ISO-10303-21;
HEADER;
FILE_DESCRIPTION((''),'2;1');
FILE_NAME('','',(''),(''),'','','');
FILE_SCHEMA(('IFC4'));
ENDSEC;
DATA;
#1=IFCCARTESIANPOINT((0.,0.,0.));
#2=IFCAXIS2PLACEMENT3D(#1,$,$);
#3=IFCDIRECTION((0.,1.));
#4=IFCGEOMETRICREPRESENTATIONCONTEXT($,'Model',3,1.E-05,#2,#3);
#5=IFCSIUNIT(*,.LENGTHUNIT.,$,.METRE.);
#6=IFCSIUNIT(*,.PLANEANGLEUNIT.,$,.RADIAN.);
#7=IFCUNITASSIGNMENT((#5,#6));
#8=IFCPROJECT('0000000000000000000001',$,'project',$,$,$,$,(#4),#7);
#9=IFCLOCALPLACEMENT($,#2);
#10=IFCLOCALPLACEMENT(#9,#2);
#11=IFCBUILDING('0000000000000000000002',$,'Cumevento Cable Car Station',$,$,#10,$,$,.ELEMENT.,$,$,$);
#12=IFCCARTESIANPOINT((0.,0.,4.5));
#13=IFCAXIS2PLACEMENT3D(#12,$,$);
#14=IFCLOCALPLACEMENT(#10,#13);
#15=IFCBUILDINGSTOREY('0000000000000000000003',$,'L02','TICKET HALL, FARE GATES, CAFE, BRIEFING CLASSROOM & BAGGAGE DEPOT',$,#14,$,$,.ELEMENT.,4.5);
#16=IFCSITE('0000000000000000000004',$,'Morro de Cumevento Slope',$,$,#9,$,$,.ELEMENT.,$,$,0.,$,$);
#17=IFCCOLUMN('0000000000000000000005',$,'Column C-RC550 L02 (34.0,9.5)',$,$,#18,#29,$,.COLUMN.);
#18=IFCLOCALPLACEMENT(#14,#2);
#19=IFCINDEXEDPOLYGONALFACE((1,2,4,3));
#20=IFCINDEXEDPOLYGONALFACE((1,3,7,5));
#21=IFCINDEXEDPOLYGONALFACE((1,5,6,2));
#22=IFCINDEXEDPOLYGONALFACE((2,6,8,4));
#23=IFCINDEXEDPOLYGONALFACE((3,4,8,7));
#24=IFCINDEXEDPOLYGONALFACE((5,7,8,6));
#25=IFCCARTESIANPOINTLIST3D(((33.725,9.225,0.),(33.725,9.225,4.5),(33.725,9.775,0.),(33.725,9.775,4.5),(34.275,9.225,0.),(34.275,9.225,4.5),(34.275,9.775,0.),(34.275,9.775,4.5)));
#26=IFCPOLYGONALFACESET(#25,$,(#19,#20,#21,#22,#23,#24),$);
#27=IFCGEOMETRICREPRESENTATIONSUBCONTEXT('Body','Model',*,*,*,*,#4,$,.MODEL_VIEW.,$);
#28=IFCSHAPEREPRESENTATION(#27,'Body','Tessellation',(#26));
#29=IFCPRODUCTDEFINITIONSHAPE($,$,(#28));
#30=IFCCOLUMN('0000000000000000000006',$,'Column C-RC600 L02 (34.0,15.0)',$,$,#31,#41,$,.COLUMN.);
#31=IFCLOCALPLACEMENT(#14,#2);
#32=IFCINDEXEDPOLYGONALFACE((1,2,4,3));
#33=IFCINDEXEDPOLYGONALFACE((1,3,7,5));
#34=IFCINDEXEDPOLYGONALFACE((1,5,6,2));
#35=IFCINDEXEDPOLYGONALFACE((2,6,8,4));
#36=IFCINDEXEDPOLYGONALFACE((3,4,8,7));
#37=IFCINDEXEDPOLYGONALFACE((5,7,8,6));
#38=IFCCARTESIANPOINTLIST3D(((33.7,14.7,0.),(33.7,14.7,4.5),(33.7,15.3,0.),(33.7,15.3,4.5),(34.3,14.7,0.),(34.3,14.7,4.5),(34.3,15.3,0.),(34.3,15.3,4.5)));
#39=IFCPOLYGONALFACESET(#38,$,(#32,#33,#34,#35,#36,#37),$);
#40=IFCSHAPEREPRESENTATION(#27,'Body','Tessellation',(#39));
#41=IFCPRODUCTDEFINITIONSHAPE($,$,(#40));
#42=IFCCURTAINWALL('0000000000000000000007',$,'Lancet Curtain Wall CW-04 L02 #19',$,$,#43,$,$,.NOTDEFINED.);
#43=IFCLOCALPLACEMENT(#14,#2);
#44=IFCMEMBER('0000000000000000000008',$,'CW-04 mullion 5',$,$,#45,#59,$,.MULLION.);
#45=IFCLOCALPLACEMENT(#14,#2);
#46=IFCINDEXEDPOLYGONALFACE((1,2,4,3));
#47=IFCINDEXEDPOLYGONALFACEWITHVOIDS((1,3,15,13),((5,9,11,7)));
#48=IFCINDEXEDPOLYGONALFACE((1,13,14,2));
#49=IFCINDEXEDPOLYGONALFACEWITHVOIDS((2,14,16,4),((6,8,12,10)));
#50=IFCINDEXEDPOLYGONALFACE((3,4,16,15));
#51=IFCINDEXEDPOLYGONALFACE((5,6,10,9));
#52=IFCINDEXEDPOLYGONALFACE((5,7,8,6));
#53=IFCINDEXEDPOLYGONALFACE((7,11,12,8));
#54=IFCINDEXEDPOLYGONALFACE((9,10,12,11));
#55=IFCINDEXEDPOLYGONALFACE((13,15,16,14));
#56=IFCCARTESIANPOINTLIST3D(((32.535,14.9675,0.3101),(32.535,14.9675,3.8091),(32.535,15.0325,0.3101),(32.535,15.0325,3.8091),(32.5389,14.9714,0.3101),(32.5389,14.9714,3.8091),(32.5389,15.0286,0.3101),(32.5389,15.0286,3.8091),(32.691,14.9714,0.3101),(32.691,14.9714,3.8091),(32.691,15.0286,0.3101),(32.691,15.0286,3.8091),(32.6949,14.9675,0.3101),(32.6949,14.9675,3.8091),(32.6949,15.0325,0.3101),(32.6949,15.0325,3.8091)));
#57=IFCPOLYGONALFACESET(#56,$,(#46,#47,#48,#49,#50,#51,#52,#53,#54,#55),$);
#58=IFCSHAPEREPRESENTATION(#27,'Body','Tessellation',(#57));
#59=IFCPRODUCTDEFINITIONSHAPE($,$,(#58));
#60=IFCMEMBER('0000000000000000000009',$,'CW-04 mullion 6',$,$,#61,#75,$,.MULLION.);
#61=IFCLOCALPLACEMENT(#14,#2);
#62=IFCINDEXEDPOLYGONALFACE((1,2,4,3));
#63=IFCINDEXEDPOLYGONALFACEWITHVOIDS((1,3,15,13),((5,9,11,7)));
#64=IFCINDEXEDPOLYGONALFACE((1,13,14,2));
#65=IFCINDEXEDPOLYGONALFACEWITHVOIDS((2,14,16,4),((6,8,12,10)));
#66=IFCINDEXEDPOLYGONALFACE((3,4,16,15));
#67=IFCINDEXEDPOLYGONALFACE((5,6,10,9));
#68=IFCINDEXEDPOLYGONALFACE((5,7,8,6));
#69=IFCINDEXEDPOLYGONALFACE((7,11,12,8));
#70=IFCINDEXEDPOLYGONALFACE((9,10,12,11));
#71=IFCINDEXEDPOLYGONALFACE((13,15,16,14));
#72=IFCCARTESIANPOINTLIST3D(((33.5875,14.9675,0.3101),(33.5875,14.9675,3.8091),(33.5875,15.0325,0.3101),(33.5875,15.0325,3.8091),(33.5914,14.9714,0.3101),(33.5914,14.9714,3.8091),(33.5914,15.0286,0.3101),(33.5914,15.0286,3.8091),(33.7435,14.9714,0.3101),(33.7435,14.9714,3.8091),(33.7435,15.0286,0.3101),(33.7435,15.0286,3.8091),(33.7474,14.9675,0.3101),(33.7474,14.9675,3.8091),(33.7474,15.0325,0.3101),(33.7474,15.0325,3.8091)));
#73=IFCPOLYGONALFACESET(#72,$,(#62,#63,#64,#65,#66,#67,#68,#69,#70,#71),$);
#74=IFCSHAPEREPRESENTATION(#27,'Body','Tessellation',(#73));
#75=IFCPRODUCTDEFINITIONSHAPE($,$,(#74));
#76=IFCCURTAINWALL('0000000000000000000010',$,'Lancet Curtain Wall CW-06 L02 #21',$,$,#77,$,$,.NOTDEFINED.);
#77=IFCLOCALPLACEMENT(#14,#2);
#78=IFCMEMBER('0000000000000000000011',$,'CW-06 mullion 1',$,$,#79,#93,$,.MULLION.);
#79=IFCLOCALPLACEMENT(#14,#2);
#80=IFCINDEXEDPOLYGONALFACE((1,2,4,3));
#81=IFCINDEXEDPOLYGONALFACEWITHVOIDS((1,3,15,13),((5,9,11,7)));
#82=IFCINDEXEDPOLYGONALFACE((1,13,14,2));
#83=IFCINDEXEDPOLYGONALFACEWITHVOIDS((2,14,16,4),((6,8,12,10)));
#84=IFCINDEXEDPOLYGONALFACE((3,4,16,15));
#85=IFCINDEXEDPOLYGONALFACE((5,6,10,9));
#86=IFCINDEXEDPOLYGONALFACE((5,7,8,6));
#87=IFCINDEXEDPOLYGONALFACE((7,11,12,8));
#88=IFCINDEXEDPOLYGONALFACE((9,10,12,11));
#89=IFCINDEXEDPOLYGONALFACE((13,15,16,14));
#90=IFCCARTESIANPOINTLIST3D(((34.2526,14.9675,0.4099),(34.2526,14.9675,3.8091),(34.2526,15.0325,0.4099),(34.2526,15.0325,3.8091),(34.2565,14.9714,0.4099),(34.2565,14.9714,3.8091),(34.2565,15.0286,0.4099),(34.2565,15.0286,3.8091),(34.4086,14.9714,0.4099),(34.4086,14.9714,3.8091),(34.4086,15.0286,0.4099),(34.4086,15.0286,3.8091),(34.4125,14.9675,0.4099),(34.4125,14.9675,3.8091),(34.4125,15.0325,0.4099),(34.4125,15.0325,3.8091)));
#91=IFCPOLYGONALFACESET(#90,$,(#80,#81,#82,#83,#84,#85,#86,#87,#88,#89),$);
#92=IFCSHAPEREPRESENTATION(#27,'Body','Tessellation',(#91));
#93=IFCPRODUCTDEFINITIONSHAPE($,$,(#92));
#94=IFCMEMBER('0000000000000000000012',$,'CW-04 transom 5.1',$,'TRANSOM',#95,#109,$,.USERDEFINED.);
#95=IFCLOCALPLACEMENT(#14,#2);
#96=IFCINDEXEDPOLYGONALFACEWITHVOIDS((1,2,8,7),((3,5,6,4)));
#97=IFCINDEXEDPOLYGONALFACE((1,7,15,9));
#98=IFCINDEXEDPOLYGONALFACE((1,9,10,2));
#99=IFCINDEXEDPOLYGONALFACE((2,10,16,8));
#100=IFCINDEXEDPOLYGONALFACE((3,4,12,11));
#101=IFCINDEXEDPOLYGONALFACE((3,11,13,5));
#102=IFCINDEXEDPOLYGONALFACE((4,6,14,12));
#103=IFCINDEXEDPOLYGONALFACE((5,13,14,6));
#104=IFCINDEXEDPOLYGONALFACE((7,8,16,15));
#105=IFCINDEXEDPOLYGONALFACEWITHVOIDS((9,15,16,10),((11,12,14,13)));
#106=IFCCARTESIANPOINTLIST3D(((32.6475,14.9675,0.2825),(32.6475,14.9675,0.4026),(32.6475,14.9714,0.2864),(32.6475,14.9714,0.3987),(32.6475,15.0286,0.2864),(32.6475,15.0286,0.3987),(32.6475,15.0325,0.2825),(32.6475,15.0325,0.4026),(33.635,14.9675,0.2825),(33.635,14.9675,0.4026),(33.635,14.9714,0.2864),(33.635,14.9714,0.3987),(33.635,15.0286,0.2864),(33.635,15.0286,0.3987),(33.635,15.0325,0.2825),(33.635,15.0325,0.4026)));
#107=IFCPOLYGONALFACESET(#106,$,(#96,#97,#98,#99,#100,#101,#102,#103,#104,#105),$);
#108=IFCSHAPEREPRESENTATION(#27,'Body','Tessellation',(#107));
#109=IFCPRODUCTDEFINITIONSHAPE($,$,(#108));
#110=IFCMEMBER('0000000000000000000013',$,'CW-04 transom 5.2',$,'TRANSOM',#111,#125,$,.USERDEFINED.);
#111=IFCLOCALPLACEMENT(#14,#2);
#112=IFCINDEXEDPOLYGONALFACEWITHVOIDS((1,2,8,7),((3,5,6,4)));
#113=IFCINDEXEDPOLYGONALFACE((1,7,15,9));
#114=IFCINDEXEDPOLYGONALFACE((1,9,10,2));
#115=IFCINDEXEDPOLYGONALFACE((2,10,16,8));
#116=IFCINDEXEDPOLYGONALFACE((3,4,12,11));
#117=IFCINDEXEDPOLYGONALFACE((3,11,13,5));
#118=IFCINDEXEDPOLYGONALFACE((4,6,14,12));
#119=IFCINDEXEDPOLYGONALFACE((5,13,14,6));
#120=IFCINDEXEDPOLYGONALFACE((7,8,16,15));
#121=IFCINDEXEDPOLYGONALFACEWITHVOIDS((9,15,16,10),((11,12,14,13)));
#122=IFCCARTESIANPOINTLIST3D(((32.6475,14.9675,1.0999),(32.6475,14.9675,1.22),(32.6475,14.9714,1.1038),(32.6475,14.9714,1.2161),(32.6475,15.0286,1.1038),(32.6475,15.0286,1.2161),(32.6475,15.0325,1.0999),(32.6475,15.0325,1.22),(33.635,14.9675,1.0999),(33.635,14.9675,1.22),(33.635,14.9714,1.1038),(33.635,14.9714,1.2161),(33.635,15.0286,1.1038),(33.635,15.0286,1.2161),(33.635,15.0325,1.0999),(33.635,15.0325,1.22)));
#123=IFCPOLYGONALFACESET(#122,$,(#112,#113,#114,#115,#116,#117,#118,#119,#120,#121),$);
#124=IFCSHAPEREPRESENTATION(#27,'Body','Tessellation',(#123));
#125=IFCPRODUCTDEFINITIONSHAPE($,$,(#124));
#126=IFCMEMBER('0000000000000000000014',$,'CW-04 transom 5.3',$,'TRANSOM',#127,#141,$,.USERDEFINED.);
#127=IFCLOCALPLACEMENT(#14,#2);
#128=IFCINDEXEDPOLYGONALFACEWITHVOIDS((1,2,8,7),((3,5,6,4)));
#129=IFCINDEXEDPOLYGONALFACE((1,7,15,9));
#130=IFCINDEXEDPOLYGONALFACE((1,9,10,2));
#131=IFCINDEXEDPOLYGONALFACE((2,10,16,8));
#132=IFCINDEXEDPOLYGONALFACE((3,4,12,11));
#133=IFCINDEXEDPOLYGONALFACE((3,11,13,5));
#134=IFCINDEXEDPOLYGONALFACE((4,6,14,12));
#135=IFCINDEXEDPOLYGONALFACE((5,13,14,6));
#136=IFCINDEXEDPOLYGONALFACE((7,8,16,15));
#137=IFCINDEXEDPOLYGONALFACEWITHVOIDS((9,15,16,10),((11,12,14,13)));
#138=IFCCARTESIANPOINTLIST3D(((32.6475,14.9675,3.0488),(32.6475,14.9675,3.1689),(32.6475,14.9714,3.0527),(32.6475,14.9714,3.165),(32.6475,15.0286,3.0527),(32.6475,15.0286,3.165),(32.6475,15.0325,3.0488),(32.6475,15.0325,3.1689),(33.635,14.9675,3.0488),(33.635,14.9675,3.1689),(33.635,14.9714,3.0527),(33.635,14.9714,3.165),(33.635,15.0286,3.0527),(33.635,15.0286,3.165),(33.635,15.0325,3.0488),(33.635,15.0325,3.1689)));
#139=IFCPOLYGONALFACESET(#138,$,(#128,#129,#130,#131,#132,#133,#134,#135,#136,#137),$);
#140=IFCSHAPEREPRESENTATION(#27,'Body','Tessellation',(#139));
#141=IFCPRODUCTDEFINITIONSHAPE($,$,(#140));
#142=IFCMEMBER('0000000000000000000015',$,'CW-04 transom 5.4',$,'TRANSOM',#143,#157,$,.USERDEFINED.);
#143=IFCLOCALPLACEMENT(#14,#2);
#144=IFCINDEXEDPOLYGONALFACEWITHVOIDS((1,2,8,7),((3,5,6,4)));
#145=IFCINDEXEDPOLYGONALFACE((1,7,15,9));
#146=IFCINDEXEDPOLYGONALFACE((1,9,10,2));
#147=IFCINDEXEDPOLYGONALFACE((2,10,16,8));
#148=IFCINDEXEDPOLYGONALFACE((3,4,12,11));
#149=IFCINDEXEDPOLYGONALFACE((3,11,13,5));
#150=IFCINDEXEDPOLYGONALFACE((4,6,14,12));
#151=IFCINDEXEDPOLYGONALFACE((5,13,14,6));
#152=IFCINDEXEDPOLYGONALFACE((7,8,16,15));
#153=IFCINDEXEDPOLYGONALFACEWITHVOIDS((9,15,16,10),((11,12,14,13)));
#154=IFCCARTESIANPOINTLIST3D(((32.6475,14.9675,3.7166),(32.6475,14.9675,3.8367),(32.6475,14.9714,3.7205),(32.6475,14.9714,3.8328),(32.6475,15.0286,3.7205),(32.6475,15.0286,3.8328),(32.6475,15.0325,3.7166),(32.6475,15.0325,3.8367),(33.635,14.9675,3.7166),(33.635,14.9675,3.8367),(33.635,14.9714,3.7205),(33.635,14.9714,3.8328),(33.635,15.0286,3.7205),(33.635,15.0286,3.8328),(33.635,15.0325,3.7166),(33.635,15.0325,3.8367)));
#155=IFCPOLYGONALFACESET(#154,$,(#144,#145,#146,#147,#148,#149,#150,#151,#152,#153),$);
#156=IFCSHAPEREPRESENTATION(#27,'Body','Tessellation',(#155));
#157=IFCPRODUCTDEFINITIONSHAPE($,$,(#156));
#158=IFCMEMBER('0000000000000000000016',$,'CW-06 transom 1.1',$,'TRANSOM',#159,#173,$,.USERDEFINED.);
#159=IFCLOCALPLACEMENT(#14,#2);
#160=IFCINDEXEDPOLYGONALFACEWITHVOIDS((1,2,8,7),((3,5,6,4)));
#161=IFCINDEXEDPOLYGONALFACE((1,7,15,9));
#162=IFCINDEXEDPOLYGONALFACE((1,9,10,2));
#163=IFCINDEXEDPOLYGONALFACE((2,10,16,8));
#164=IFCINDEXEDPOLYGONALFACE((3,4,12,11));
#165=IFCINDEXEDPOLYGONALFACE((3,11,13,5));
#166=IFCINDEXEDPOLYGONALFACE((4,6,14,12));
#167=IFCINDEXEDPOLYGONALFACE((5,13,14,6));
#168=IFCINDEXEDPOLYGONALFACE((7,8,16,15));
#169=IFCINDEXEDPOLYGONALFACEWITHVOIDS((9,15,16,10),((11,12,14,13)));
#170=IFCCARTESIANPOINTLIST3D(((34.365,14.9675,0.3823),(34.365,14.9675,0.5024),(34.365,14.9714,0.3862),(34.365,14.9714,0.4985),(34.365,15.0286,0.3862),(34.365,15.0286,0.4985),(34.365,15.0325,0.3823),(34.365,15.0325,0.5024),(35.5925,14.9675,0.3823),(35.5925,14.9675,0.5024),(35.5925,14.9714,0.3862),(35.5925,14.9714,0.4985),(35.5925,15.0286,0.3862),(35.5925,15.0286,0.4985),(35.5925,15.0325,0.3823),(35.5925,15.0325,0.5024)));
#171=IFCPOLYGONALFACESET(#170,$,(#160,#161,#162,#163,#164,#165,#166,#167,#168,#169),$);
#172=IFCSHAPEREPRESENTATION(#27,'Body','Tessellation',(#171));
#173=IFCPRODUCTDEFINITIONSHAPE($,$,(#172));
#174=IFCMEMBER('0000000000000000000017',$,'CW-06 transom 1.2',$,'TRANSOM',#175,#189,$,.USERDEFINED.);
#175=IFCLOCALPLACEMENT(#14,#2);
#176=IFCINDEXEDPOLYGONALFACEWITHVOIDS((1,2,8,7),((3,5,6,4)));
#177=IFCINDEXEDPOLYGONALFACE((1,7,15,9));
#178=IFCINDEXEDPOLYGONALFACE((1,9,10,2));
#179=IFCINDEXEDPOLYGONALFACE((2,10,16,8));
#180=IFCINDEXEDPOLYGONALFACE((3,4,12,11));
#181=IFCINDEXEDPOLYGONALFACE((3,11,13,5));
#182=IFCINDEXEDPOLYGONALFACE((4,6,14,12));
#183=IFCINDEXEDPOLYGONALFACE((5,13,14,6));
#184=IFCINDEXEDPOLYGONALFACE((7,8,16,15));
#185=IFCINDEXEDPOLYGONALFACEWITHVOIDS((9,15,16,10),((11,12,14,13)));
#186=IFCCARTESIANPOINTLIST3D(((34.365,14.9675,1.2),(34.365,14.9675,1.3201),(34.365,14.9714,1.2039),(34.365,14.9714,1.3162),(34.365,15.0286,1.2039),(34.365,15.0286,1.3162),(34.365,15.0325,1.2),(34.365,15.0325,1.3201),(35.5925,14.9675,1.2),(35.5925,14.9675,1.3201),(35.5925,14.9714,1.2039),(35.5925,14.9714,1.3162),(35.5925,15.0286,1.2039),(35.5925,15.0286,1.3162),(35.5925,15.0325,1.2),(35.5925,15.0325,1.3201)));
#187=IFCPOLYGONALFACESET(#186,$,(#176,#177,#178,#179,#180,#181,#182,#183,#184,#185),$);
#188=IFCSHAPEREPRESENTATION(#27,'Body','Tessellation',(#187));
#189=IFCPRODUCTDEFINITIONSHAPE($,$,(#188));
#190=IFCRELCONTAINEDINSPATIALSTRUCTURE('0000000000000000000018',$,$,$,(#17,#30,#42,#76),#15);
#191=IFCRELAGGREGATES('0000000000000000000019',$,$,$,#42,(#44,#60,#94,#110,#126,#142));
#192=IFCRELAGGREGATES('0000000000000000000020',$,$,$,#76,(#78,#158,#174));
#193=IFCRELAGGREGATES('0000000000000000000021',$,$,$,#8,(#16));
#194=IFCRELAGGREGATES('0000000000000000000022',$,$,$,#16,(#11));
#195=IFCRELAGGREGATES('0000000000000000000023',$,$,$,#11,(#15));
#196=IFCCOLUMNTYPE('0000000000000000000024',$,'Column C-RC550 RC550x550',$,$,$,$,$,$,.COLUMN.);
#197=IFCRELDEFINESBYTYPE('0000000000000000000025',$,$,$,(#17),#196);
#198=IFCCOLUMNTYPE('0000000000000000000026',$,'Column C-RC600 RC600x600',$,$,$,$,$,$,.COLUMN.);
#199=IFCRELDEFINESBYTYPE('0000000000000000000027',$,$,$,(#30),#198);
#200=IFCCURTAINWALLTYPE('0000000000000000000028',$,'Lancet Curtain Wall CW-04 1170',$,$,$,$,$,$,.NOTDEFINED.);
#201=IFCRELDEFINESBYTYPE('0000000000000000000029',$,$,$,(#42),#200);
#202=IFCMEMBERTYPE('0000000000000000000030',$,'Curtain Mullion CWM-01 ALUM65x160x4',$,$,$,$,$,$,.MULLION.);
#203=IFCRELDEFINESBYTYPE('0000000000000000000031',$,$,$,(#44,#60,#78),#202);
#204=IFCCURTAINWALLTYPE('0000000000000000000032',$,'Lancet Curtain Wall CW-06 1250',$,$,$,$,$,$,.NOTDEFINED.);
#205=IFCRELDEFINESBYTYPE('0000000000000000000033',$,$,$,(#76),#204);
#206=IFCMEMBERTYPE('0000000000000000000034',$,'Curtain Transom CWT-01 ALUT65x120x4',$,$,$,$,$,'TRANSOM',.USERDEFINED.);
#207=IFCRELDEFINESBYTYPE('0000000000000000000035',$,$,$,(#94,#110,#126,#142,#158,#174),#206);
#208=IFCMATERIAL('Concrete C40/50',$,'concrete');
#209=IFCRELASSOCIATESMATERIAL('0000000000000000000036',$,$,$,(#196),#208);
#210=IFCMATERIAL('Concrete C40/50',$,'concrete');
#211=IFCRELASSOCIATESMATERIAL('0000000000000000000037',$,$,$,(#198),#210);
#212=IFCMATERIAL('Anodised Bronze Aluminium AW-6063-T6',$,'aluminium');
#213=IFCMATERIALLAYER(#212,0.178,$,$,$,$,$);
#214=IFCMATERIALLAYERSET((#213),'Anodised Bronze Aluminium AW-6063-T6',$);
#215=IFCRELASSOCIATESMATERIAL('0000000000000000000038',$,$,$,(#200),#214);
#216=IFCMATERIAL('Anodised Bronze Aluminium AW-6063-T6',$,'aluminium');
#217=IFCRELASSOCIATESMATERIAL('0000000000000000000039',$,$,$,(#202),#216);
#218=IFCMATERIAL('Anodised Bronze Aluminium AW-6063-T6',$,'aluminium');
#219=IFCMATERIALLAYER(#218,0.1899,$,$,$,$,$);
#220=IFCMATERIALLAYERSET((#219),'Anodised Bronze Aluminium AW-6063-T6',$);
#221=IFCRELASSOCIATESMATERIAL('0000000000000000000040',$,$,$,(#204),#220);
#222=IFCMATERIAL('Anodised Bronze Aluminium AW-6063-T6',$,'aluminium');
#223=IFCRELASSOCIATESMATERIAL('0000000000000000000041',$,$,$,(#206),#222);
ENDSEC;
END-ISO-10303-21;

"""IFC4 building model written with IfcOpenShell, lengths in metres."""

from ifc_helpers import new_model, si_unit, direction, frame, origin, origin_2d, place, context, subcontext, project, spatial, rectangle, hollow_rectangle, extrude, material, layer, layer_set, material_profile, profile_set, type_object, element, aggregate, save


model = new_model("IFC4")

# Units and contexts
model_context = context("Model", 3, precision=1e-05, world=origin(), true_north=direction((0.0, 1.0)))
body_context = subcontext(model_context, "Body", "Model", "MODEL_VIEW")
ifc_project = project(units=[si_unit("LENGTHUNIT", "METRE"), si_unit("PLANEANGLEUNIT", "RADIAN")], contexts=[model_context])

# Site, building, storey
site_placement = place(None, origin())
site = spatial("IfcSite", under=ifc_project, at=site_placement, Name="Morro de Cumevento Slope", CompositionType="ELEMENT", RefElevation=0.0)
building_placement = place(site_placement, origin())
building = spatial("IfcBuilding", under=site, at=building_placement, Name="Cumevento Cable Car Station", CompositionType="ELEMENT")
storey_placement = place(building_placement, frame((0.0, 0.0, 4.5)))
storey = spatial("IfcBuildingStorey", under=building, at=storey_placement, Name="L02", Description="TICKET HALL, FARE GATES, CAFE, BRIEFING CLASSROOM & BAGGAGE DEPOT", CompositionType="ELEMENT", Elevation=4.5)

# Columns
ifc_material_1 = material(Name="Concrete C40/50", Category="concrete")
ifc_material_profile_1 = material_profile(ifc_material_1, rectangle(XDim=0.55, YDim=0.55, at=origin_2d()), Name="RC550x550")
ifc_profile_set_1 = profile_set([ifc_material_profile_1], Name="Concrete C40/50")
column_type_1 = type_object("IfcColumnType", Name="Column C-RC550 RC550x550", PredefinedType="COLUMN", material=ifc_profile_set_1)
column_1_placement = place(storey_placement, frame((34.0, 9.5, 0.0), z_axis=(0.0, 0.0, 1.0), x_axis=(1.0, 0.0, 0.0)))
element("IfcColumn", 1, at=column_1_placement, inside=storey, type_object=column_type_1, Name="Column C-RC550 L02 (34.0,9.5)", PredefinedType="COLUMN", context=body_context, shape_type="SweptSolid", body=[
    extrude(rectangle(XDim=0.55, YDim=0.55, at=origin_2d()), origin(), (0.0, 0.0, 1.0), 4.5),
])
ifc_material_2 = material(Name="Concrete C40/50", Category="concrete")
ifc_material_profile_2 = material_profile(ifc_material_2, rectangle(XDim=0.6001, YDim=0.6001, at=origin_2d()), Name="RC600x600")
ifc_profile_set_2 = profile_set([ifc_material_profile_2], Name="Concrete C40/50")
column_type_2 = type_object("IfcColumnType", Name="Column C-RC600 RC600x600", PredefinedType="COLUMN", material=ifc_profile_set_2)
column_2_placement = place(storey_placement, frame((34.0, 15.0, 0.0), z_axis=(0.0, 0.0, 1.0), x_axis=(1.0, 0.0, 0.0)))
element("IfcColumn", 2, at=column_2_placement, inside=storey, type_object=column_type_2, Name="Column C-RC600 L02 (34.0,15.0)", PredefinedType="COLUMN", context=body_context, shape_type="SweptSolid", body=[
    extrude(rectangle(XDim=0.6001, YDim=0.6001, at=origin_2d()), origin(), (0.0, 0.0, 1.0), 4.5),
])

# Curtain wall, members
ifc_material_3 = material(Name="Anodised Bronze Aluminium AW-6063-T6", Category="aluminium")
ifc_layer_1 = layer(ifc_material_3, 0.178)
ifc_layer_set_1 = layer_set([ifc_layer_1], Name="Anodised Bronze Aluminium AW-6063-T6")
curtain_wall_type_1 = type_object("IfcCurtainWallType", Name="Lancet Curtain Wall CW-04 1170", PredefinedType="NOTDEFINED", material=ifc_layer_set_1)
curtain_wall_1_placement = place(storey_placement, origin())
curtain_wall_1 = element("IfcCurtainWall", 3, at=curtain_wall_1_placement, inside=storey, type_object=curtain_wall_type_1, Name="Lancet Curtain Wall CW-04 L02 #19", PredefinedType="NOTDEFINED")
ifc_material_4 = material(Name="Anodised Bronze Aluminium AW-6063-T6", Category="aluminium")
ifc_material_profile_3 = material_profile(ifc_material_4, hollow_rectangle(XDim=0.0649, YDim=0.1599, WallThickness=0.0039, at=origin_2d()), Name="ALUM65x160x4")
ifc_profile_set_3 = profile_set([ifc_material_profile_3], Name="Anodised Bronze Aluminium AW-6063-T6")
member_type_1 = type_object("IfcMemberType", Name="Curtain Mullion CWM-01 ALUM65x160x4", PredefinedType="MULLION", material=ifc_profile_set_3)
member_1_placement = place(storey_placement, frame((32.615, 15.0, 0.3101), z_axis=(0.0, 0.0, 1.0), x_axis=(0.0, 1.0, 0.0)))
member_1 = element("IfcMember", 4, at=member_1_placement, type_object=member_type_1, Name="CW-04 mullion 5", PredefinedType="MULLION", context=body_context, shape_type="SweptSolid", body=[
    extrude(hollow_rectangle(XDim=0.0649, YDim=0.1599, WallThickness=0.0039, at=origin_2d()), origin(), (0.0, 0.0, 1.0), 3.499),
])
member_2_placement = place(storey_placement, frame((33.6675, 15.0, 0.3101), z_axis=(0.0, 0.0, 1.0), x_axis=(0.0, 1.0, 0.0)))
member_2 = element("IfcMember", 5, at=member_2_placement, type_object=member_type_1, Name="CW-04 mullion 6", PredefinedType="MULLION", context=body_context, shape_type="SweptSolid", body=[
    extrude(hollow_rectangle(XDim=0.0649, YDim=0.1599, WallThickness=0.0039, at=origin_2d()), origin(), (0.0, 0.0, 1.0), 3.499),
])

# Curtain wall, member
ifc_material_5 = material(Name="Anodised Bronze Aluminium AW-6063-T6", Category="aluminium")
ifc_layer_2 = layer(ifc_material_5, 0.1899)
ifc_layer_set_2 = layer_set([ifc_layer_2], Name="Anodised Bronze Aluminium AW-6063-T6")
curtain_wall_type_2 = type_object("IfcCurtainWallType", Name="Lancet Curtain Wall CW-06 1250", PredefinedType="NOTDEFINED", material=ifc_layer_set_2)
curtain_wall_2_placement = place(storey_placement, origin())
curtain_wall_2 = element("IfcCurtainWall", 6, at=curtain_wall_2_placement, inside=storey, type_object=curtain_wall_type_2, Name="Lancet Curtain Wall CW-06 L02 #21", PredefinedType="NOTDEFINED")
member_3_placement = place(storey_placement, frame((34.3325, 15.0, 0.4099), z_axis=(0.0, 0.0, 1.0), x_axis=(0.0, 1.0, 0.0)))
member_3 = element("IfcMember", 7, at=member_3_placement, type_object=member_type_1, Name="CW-06 mullion 1", PredefinedType="MULLION", context=body_context, shape_type="SweptSolid", body=[
    extrude(hollow_rectangle(XDim=0.0649, YDim=0.1599, WallThickness=0.0039, at=origin_2d()), origin(), (0.0, 0.0, 1.0), 3.3992),
])

# Members
ifc_material_6 = material(Name="Anodised Bronze Aluminium AW-6063-T6", Category="aluminium")
ifc_material_profile_4 = material_profile(ifc_material_6, hollow_rectangle(XDim=0.0649, YDim=0.1201, WallThickness=0.0039, at=origin_2d()), Name="ALUT65x120x4")
ifc_profile_set_4 = profile_set([ifc_material_profile_4], Name="Anodised Bronze Aluminium AW-6063-T6")
member_type_2 = type_object("IfcMemberType", Name="Curtain Transom CWT-01 ALUT65x120x4", ElementType="TRANSOM", PredefinedType="USERDEFINED", material=ifc_profile_set_4)
member_4_placement = place(storey_placement, frame((32.6475, 15.0, 0.3425), z_axis=(1.0, 0.0, 0.0), x_axis=(0.0, 1.0, 0.0)))
member_4 = element("IfcMember", 8, at=member_4_placement, type_object=member_type_2, Name="CW-04 transom 5.1", ObjectType="TRANSOM", PredefinedType="USERDEFINED", context=body_context, shape_type="SweptSolid", body=[
    extrude(hollow_rectangle(XDim=0.0649, YDim=0.1201, WallThickness=0.0039, at=origin_2d()), origin(), (0.0, 0.0, 1.0), 0.9875),
])
member_5_placement = place(storey_placement, frame((32.6475, 15.0, 1.1599), z_axis=(1.0, 0.0, 0.0), x_axis=(0.0, 1.0, 0.0)))
member_5 = element("IfcMember", 9, at=member_5_placement, type_object=member_type_2, Name="CW-04 transom 5.2", ObjectType="TRANSOM", PredefinedType="USERDEFINED", context=body_context, shape_type="SweptSolid", body=[
    extrude(hollow_rectangle(XDim=0.0649, YDim=0.1201, WallThickness=0.0039, at=origin_2d()), origin(), (0.0, 0.0, 1.0), 0.9875),
])
member_6_placement = place(storey_placement, frame((32.6475, 15.0, 3.1089), z_axis=(1.0, 0.0, 0.0), x_axis=(0.0, 1.0, 0.0)))
member_6 = element("IfcMember", 10, at=member_6_placement, type_object=member_type_2, Name="CW-04 transom 5.3", ObjectType="TRANSOM", PredefinedType="USERDEFINED", context=body_context, shape_type="SweptSolid", body=[
    extrude(hollow_rectangle(XDim=0.0649, YDim=0.1201, WallThickness=0.0039, at=origin_2d()), origin(), (0.0, 0.0, 1.0), 0.9875),
])
member_7_placement = place(storey_placement, frame((32.6475, 15.0, 3.7766), z_axis=(1.0, 0.0, 0.0), x_axis=(0.0, 1.0, 0.0)))
member_7 = element("IfcMember", 11, at=member_7_placement, type_object=member_type_2, Name="CW-04 transom 5.4", ObjectType="TRANSOM", PredefinedType="USERDEFINED", context=body_context, shape_type="SweptSolid", body=[
    extrude(hollow_rectangle(XDim=0.0649, YDim=0.1201, WallThickness=0.0039, at=origin_2d()), origin(), (0.0, 0.0, 1.0), 0.9875),
])
member_8_placement = place(storey_placement, frame((34.365, 15.0, 0.4424), z_axis=(1.0, 0.0, 0.0), x_axis=(0.0, 1.0, 0.0)))
member_8 = element("IfcMember", 12, at=member_8_placement, type_object=member_type_2, Name="CW-06 transom 1.1", ObjectType="TRANSOM", PredefinedType="USERDEFINED", context=body_context, shape_type="SweptSolid", body=[
    extrude(hollow_rectangle(XDim=0.0649, YDim=0.1201, WallThickness=0.0039, at=origin_2d()), origin(), (0.0, 0.0, 1.0), 1.2275),
])
member_9_placement = place(storey_placement, frame((34.365, 15.0, 1.26), z_axis=(1.0, 0.0, 0.0), x_axis=(0.0, 1.0, 0.0)))
member_9 = element("IfcMember", 13, at=member_9_placement, type_object=member_type_2, Name="CW-06 transom 1.2", ObjectType="TRANSOM", PredefinedType="USERDEFINED", context=body_context, shape_type="SweptSolid", body=[
    extrude(hollow_rectangle(XDim=0.0649, YDim=0.1201, WallThickness=0.0039, at=origin_2d()), origin(), (0.0, 0.0, 1.0), 1.2275),
])

aggregate(curtain_wall_1, [member_1, member_2, member_4, member_5, member_6, member_7])
aggregate(curtain_wall_2, [member_3, member_8, member_9])

save(model, "model.ifc")
